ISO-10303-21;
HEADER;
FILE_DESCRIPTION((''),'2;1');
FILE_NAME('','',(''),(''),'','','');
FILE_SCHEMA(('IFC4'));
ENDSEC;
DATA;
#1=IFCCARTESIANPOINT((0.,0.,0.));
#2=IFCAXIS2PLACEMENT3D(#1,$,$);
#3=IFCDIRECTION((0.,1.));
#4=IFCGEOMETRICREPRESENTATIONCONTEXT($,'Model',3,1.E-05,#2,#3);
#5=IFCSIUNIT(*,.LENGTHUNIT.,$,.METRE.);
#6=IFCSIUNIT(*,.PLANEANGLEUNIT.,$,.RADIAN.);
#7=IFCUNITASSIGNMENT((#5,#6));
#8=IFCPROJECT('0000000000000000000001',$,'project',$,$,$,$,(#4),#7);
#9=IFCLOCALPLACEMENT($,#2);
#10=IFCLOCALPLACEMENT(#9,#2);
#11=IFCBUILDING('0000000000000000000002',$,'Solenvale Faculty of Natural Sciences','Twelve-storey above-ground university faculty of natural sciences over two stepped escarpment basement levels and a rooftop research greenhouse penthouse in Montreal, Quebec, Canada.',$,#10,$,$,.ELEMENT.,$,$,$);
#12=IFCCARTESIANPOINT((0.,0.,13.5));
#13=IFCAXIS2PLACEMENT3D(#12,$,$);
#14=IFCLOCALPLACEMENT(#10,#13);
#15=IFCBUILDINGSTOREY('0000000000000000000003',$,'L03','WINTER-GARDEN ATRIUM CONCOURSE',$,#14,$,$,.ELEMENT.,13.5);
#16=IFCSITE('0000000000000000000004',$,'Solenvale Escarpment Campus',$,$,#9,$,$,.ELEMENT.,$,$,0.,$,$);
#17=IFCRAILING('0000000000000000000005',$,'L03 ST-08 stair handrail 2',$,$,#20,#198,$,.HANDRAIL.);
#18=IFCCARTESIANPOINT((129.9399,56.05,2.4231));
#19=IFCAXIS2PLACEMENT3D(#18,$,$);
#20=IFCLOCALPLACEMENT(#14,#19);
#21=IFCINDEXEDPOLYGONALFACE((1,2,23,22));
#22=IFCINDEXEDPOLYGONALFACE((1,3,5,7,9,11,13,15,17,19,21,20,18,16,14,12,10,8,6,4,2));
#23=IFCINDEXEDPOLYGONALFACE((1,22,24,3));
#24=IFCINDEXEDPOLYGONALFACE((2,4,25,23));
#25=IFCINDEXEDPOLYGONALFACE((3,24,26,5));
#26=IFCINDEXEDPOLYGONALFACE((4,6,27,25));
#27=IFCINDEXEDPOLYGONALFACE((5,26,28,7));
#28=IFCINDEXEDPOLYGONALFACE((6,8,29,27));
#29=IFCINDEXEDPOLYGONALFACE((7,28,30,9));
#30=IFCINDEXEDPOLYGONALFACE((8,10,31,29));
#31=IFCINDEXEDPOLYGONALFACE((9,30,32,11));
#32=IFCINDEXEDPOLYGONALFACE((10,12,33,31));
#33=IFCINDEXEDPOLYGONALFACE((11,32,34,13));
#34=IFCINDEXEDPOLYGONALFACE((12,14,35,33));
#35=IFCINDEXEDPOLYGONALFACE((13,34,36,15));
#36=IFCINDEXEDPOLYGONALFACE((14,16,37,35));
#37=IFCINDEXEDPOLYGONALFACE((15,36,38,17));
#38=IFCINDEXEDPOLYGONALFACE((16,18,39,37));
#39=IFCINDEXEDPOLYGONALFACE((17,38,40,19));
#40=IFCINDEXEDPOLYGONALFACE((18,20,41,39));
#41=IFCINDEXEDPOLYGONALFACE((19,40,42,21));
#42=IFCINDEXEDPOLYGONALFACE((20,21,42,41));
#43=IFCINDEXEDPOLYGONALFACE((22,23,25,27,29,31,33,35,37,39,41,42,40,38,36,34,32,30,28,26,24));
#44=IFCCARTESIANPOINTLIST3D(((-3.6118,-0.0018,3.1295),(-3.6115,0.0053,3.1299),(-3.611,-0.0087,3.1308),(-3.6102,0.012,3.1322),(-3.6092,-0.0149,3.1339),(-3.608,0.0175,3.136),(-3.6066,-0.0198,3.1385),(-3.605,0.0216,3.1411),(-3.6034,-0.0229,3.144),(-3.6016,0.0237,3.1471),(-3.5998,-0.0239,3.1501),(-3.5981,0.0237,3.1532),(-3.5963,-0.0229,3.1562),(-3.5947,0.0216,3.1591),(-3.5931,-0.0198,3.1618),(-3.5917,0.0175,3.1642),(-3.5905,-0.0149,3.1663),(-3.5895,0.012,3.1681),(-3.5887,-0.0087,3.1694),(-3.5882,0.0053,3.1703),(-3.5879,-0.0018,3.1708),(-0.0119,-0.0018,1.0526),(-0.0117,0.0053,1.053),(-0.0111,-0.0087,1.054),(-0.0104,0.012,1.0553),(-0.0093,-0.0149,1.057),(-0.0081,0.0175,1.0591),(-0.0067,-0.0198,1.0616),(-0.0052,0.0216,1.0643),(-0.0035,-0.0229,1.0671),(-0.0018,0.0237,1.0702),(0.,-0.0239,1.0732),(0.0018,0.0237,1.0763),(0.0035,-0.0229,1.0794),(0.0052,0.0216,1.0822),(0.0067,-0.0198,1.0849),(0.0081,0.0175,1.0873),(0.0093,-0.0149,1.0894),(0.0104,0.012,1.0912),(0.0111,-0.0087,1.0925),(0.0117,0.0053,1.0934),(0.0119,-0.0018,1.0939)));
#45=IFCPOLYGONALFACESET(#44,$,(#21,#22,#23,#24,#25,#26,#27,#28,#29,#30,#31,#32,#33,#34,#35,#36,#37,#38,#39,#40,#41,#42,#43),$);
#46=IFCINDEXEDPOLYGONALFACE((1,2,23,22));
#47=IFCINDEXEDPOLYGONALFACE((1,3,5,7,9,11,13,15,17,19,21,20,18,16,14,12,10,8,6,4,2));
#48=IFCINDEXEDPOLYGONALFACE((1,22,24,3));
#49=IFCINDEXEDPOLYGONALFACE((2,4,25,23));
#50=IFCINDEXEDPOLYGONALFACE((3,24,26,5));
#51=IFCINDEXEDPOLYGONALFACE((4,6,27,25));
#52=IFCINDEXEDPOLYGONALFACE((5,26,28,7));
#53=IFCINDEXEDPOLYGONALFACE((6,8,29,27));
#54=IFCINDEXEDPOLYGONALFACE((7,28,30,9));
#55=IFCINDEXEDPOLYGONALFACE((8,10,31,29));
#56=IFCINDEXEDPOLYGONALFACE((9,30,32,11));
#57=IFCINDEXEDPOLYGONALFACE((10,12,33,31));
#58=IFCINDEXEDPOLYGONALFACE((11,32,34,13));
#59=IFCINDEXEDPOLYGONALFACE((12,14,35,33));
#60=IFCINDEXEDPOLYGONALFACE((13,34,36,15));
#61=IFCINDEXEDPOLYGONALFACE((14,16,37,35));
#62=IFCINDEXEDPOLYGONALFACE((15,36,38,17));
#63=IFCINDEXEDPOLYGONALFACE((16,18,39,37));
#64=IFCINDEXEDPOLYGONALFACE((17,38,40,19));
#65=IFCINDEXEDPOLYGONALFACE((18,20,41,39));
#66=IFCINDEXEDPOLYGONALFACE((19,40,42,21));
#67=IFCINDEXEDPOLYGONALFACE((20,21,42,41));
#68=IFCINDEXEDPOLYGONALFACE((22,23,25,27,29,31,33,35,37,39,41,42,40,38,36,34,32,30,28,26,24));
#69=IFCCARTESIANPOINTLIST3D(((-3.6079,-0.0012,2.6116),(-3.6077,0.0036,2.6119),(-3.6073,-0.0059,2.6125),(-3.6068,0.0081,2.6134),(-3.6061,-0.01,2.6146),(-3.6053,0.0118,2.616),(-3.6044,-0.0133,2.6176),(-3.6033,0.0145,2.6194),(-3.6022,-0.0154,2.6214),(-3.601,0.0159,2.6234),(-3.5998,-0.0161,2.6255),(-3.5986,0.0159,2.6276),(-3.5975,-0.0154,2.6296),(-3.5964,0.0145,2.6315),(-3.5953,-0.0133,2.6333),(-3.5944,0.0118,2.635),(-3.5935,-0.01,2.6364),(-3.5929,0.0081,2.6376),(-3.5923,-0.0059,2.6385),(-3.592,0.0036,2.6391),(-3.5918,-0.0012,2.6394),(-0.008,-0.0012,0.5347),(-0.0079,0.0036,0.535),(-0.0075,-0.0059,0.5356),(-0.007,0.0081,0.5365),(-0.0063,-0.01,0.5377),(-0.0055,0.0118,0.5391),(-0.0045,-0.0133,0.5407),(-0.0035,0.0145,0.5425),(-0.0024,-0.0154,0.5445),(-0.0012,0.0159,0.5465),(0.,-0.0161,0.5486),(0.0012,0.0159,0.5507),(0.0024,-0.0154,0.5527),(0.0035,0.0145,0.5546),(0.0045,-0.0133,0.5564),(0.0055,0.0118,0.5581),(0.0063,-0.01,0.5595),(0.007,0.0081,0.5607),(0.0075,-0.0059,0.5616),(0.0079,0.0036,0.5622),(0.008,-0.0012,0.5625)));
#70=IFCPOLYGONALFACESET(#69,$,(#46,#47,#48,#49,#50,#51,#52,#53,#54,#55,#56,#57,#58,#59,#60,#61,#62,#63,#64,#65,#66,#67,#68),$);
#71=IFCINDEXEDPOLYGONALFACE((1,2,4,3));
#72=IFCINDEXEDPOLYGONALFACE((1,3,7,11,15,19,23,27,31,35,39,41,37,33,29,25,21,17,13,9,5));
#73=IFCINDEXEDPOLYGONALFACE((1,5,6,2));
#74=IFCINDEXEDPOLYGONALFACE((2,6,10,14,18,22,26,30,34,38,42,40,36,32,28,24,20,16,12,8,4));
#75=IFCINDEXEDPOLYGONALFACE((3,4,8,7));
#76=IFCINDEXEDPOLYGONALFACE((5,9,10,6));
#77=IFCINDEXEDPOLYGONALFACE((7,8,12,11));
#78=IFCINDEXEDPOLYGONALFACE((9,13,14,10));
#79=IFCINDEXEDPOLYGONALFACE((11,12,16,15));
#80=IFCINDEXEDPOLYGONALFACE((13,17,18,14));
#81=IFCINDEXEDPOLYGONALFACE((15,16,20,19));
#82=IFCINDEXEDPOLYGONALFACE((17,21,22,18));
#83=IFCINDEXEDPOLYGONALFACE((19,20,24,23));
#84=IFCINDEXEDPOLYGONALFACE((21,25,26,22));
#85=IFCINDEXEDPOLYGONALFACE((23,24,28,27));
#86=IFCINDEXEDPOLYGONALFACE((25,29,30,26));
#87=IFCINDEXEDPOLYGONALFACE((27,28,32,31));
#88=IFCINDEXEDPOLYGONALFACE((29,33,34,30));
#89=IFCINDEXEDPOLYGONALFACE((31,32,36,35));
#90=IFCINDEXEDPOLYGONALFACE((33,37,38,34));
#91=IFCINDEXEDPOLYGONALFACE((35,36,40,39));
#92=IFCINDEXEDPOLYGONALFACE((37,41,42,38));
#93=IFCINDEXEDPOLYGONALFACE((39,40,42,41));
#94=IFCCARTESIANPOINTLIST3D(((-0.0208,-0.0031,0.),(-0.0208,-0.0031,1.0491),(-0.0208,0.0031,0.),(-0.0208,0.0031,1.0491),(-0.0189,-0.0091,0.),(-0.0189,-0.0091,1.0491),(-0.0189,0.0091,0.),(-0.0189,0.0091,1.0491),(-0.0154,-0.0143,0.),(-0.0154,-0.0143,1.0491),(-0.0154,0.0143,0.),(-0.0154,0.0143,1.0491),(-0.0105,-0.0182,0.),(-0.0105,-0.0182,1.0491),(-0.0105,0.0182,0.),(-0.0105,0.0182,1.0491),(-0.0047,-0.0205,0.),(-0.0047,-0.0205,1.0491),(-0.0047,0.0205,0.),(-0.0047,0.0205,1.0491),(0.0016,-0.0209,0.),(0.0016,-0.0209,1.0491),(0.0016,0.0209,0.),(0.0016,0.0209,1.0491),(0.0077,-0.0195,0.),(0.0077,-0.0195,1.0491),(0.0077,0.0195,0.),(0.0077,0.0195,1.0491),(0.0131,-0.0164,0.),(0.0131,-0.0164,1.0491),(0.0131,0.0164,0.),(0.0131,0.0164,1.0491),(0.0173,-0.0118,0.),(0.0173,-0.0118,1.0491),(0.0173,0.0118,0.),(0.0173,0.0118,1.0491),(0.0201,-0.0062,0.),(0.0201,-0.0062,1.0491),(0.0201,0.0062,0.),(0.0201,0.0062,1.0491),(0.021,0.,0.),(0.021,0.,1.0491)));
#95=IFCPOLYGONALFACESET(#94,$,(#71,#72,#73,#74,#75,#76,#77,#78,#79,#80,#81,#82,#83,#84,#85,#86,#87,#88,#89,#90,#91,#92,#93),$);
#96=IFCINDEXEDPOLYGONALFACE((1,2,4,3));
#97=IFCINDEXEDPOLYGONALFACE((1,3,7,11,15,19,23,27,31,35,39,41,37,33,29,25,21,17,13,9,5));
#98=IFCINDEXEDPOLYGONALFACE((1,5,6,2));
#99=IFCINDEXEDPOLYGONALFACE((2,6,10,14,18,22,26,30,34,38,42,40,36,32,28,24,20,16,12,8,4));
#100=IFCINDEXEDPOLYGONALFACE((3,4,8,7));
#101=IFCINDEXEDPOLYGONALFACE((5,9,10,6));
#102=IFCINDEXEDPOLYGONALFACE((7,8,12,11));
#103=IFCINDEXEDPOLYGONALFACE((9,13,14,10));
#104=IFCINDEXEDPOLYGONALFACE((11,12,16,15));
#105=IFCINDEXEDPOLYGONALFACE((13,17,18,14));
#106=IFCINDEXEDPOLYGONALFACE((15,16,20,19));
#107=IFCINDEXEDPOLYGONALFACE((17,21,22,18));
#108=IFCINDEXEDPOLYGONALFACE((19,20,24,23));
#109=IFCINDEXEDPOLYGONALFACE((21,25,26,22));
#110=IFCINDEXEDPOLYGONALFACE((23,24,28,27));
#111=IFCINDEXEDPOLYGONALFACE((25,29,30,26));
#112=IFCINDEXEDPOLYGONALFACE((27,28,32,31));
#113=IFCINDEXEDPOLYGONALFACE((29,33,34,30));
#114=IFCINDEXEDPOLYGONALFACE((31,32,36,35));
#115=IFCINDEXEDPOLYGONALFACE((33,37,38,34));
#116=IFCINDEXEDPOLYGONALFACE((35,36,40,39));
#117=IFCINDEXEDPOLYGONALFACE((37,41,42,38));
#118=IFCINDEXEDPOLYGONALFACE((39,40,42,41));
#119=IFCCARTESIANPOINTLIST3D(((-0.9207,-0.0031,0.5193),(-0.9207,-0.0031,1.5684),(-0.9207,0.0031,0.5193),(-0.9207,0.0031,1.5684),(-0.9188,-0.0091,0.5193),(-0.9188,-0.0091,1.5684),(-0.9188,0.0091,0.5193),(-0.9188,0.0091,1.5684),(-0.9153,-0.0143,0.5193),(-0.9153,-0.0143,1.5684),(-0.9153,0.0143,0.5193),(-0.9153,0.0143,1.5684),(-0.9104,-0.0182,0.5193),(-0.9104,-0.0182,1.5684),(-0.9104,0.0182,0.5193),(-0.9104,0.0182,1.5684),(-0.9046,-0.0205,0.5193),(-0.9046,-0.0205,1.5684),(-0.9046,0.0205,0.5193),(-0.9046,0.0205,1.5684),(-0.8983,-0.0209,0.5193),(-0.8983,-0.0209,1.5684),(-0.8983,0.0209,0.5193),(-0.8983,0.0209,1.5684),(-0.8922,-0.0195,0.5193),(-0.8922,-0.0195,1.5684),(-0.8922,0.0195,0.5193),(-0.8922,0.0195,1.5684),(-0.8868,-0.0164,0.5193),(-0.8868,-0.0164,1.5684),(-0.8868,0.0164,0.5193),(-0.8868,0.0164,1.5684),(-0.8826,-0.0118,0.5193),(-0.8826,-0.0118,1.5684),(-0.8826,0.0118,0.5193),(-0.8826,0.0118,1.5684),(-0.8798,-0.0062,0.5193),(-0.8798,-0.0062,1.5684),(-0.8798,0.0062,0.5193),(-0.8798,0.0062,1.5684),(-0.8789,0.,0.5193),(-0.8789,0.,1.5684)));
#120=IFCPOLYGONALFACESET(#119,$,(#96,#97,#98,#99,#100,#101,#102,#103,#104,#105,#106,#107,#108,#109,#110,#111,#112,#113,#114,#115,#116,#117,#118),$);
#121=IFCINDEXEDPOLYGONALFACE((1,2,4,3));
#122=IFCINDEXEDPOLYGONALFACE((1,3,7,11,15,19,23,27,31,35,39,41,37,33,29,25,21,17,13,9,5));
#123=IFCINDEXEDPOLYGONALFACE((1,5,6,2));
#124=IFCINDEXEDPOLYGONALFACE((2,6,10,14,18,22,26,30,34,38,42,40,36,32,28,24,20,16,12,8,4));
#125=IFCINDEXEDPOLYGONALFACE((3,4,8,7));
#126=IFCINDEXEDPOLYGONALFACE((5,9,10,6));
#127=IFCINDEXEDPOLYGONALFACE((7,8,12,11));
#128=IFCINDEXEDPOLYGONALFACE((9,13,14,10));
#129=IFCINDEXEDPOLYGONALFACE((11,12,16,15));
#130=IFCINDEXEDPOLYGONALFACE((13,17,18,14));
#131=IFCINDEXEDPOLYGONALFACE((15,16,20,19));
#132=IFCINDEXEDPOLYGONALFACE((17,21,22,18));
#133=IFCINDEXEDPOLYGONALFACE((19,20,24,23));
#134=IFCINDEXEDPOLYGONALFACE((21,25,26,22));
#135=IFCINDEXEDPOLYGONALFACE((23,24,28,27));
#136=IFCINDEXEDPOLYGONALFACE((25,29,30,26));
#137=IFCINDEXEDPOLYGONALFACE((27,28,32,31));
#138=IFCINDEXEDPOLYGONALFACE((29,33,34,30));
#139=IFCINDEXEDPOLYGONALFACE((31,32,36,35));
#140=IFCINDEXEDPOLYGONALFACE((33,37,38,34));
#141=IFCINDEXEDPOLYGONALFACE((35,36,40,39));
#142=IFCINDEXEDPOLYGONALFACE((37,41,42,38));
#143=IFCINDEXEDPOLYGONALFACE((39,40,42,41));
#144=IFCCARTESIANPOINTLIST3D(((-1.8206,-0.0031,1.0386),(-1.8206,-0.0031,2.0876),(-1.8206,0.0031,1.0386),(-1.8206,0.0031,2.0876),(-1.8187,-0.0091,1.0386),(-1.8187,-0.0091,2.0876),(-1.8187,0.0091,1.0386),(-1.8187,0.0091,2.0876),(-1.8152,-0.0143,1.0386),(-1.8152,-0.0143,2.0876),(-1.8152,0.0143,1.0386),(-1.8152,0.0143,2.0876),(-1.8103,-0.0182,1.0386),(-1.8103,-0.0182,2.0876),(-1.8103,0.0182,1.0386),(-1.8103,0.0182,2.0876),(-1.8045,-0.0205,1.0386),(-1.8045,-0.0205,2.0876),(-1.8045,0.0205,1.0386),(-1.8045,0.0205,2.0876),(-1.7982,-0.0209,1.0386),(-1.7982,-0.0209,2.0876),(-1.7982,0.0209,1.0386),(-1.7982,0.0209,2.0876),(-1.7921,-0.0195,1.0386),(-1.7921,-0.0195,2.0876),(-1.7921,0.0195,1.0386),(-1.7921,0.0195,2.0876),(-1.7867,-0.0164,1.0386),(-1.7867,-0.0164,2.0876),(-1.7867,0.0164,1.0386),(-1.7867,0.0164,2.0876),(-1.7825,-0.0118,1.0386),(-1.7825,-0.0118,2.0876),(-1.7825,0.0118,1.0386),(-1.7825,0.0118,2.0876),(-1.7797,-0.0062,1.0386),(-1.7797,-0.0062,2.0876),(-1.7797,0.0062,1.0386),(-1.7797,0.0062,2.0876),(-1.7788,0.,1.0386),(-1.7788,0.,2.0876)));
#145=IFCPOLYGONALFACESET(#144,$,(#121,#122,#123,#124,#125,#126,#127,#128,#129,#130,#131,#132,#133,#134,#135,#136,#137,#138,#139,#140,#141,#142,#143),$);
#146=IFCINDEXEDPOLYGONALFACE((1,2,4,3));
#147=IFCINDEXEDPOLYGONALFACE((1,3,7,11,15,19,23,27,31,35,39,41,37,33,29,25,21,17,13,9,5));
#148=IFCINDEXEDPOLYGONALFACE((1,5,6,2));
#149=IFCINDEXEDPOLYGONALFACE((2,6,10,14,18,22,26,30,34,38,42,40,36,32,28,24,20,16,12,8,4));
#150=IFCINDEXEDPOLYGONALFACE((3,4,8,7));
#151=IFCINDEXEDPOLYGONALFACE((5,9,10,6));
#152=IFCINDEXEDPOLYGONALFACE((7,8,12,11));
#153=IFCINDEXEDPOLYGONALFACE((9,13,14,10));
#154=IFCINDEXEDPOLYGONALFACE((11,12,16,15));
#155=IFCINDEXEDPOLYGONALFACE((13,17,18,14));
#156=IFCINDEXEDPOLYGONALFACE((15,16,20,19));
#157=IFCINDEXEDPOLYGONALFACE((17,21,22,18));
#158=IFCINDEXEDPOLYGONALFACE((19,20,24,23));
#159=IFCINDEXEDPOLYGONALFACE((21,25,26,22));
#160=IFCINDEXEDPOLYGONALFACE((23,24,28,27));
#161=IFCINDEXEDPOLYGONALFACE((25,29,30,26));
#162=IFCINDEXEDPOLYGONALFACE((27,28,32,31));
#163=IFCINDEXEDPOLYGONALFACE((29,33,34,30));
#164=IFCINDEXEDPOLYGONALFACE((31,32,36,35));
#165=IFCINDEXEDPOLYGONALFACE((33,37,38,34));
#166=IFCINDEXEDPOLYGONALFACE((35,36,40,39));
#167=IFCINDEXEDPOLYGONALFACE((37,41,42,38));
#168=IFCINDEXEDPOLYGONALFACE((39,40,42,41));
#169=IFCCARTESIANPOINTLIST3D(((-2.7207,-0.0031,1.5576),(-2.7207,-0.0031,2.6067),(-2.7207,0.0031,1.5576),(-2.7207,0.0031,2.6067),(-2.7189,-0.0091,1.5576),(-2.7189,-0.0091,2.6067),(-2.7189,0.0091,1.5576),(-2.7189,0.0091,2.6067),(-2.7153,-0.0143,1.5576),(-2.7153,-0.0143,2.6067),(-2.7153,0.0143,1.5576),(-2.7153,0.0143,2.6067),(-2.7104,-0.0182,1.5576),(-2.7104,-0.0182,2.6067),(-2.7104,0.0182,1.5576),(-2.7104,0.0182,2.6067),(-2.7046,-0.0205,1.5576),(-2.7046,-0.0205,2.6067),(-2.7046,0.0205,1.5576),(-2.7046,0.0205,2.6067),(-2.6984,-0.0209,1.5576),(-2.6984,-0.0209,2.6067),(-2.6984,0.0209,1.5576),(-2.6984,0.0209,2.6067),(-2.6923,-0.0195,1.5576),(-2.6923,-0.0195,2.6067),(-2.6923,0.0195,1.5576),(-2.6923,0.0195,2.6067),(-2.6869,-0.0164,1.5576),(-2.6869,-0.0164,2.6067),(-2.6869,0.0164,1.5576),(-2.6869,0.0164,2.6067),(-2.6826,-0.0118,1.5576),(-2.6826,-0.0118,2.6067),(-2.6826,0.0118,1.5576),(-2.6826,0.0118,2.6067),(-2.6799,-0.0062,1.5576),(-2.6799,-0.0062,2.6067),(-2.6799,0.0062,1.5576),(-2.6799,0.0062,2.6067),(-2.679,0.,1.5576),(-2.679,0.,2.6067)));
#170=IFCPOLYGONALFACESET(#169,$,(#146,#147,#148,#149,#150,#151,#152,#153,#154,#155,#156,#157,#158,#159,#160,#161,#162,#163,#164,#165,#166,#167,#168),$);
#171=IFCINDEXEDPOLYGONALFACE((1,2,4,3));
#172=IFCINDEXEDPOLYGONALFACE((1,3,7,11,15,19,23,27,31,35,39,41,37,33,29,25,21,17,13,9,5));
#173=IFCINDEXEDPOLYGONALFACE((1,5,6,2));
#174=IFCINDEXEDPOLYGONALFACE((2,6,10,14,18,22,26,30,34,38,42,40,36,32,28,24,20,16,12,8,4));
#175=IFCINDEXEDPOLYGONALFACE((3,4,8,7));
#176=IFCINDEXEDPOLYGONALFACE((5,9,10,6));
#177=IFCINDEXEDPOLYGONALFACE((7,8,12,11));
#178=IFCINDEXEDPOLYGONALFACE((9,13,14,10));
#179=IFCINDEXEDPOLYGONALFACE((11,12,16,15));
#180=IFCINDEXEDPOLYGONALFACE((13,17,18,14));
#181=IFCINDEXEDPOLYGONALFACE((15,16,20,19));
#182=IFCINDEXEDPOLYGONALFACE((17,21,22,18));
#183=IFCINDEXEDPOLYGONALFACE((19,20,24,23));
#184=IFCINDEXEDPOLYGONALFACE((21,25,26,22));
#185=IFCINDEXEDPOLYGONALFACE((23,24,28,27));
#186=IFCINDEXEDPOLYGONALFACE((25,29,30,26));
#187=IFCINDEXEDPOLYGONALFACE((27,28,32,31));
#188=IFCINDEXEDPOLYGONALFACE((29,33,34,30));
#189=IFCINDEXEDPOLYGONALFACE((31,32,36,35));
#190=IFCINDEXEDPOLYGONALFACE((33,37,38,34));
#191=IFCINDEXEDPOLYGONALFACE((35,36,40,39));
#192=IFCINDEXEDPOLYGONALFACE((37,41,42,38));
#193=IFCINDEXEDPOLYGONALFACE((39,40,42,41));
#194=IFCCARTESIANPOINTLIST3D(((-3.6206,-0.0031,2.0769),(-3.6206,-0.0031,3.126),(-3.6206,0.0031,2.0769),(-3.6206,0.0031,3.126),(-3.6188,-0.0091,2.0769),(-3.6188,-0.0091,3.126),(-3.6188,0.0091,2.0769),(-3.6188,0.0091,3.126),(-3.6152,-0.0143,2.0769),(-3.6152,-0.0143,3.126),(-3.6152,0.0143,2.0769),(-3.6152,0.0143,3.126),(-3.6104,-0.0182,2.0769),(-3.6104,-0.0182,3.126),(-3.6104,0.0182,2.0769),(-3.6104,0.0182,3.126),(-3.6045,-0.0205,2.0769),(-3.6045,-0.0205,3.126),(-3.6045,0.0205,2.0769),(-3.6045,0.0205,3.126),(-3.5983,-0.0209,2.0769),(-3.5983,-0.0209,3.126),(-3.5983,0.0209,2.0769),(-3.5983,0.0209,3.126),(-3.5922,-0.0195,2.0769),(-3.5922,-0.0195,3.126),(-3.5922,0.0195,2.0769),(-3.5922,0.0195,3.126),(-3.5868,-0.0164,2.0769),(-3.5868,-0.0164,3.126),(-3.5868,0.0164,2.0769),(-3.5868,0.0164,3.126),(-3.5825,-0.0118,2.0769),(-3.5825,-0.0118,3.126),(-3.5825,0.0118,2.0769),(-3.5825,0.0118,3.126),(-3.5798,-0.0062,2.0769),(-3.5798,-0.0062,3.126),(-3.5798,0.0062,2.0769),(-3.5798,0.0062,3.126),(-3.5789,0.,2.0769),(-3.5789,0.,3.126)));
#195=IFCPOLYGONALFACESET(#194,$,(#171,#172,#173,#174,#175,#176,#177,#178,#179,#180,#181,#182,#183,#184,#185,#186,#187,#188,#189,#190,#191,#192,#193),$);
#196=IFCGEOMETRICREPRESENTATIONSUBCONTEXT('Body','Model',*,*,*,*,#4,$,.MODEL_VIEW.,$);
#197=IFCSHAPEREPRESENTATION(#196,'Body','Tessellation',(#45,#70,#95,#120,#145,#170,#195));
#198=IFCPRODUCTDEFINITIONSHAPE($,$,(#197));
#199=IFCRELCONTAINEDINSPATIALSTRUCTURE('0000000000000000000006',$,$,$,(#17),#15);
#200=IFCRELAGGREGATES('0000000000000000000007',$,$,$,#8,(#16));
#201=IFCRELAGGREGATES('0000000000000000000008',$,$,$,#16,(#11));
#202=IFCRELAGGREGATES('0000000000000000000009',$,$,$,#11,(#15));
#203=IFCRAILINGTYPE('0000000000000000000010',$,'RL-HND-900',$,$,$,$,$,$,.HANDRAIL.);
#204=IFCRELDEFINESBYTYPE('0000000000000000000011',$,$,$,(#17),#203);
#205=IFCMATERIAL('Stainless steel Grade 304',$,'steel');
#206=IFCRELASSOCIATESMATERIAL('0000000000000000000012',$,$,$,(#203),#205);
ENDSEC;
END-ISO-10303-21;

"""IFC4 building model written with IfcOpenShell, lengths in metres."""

from ifc_helpers import new_model, si_unit, direction, frame, origin, origin_2d, place, context, subcontext, project, spatial, circle, extrude, material, type_object, element, save


model = new_model("IFC4")

# Units and contexts
model_context = context("Model", 3, precision=1e-05, world=origin(), true_north=direction((0.0, 1.0)))
body_context = subcontext(model_context, "Body", "Model", "MODEL_VIEW")
ifc_project = project(units=[si_unit("LENGTHUNIT", "METRE"), si_unit("PLANEANGLEUNIT", "RADIAN")], contexts=[model_context])

# Site, building, storey
site_placement = place(None, origin())
site = spatial("IfcSite", under=ifc_project, at=site_placement, Name="Solenvale Escarpment Campus", CompositionType="ELEMENT", RefElevation=0.0)
building_placement = place(site_placement, origin())
building = spatial("IfcBuilding", under=site, at=building_placement, Name="Solenvale Faculty of Natural Sciences", Description="Twelve-storey above-ground university faculty of natural sciences over two stepped escarpment basement levels and a rooftop research greenhouse penthouse in Montreal, Quebec, Canada.", CompositionType="ELEMENT")
storey_placement = place(building_placement, frame((0.0, 0.0, 13.5)))
storey = spatial("IfcBuildingStorey", under=building, at=storey_placement, Name="L03", Description="WINTER-GARDEN ATRIUM CONCOURSE", CompositionType="ELEMENT", Elevation=13.5)

# Railing
ifc_material_1 = material(Name="Stainless steel Grade 304", Category="steel")
railing_type_1 = type_object("IfcRailingType", Name="RL-HND-900", PredefinedType="HANDRAIL", material=ifc_material_1)
railing_1_placement = place(storey_placement, frame((129.9399, 56.05, 2.4231)))
element("IfcRailing", 1, at=railing_1_placement, inside=storey, type_object=railing_type_1, Name="L03 ST-08 stair handrail 2", PredefinedType="HANDRAIL", context=body_context, shape_type="SweptSolid", body=[
    extrude(circle(Radius=0.0239, at=origin_2d()), frame((0.0, 0.0, 1.0732), z_axis=(-0.866179, 0.0, 0.499734), x_axis=(0.0, -1.0, 0.0)), (0.0, 0.0, 1.0), 4.156),
    extrude(circle(Radius=0.0161, at=origin_2d()), frame((0.0, 0.0, 0.5486), z_axis=(-0.866179, 0.0, 0.499734), x_axis=(0.0, -1.0, 0.0)), (0.0, 0.0, 1.0), 4.156),
    extrude(circle(Radius=0.021, at=origin_2d()), origin(), (0.0, 0.0, 1.0), 1.0491),
    extrude(circle(Radius=0.021, at=origin_2d()), frame((-0.8999, 0.0, 0.5193)), (0.0, 0.0, 1.0), 1.0491),
    extrude(circle(Radius=0.021, at=origin_2d()), frame((-1.7998, 0.0, 1.0386)), (0.0, 0.0, 1.0), 1.0491),
    extrude(circle(Radius=0.021, at=origin_2d()), frame((-2.7, 0.0, 1.5576)), (0.0, 0.0, 1.0), 1.0491),
    extrude(circle(Radius=0.021, at=origin_2d()), frame((-3.5999, 0.0, 2.0769)), (0.0, 0.0, 1.0), 1.0491),
])

save(model, "model.ifc")
